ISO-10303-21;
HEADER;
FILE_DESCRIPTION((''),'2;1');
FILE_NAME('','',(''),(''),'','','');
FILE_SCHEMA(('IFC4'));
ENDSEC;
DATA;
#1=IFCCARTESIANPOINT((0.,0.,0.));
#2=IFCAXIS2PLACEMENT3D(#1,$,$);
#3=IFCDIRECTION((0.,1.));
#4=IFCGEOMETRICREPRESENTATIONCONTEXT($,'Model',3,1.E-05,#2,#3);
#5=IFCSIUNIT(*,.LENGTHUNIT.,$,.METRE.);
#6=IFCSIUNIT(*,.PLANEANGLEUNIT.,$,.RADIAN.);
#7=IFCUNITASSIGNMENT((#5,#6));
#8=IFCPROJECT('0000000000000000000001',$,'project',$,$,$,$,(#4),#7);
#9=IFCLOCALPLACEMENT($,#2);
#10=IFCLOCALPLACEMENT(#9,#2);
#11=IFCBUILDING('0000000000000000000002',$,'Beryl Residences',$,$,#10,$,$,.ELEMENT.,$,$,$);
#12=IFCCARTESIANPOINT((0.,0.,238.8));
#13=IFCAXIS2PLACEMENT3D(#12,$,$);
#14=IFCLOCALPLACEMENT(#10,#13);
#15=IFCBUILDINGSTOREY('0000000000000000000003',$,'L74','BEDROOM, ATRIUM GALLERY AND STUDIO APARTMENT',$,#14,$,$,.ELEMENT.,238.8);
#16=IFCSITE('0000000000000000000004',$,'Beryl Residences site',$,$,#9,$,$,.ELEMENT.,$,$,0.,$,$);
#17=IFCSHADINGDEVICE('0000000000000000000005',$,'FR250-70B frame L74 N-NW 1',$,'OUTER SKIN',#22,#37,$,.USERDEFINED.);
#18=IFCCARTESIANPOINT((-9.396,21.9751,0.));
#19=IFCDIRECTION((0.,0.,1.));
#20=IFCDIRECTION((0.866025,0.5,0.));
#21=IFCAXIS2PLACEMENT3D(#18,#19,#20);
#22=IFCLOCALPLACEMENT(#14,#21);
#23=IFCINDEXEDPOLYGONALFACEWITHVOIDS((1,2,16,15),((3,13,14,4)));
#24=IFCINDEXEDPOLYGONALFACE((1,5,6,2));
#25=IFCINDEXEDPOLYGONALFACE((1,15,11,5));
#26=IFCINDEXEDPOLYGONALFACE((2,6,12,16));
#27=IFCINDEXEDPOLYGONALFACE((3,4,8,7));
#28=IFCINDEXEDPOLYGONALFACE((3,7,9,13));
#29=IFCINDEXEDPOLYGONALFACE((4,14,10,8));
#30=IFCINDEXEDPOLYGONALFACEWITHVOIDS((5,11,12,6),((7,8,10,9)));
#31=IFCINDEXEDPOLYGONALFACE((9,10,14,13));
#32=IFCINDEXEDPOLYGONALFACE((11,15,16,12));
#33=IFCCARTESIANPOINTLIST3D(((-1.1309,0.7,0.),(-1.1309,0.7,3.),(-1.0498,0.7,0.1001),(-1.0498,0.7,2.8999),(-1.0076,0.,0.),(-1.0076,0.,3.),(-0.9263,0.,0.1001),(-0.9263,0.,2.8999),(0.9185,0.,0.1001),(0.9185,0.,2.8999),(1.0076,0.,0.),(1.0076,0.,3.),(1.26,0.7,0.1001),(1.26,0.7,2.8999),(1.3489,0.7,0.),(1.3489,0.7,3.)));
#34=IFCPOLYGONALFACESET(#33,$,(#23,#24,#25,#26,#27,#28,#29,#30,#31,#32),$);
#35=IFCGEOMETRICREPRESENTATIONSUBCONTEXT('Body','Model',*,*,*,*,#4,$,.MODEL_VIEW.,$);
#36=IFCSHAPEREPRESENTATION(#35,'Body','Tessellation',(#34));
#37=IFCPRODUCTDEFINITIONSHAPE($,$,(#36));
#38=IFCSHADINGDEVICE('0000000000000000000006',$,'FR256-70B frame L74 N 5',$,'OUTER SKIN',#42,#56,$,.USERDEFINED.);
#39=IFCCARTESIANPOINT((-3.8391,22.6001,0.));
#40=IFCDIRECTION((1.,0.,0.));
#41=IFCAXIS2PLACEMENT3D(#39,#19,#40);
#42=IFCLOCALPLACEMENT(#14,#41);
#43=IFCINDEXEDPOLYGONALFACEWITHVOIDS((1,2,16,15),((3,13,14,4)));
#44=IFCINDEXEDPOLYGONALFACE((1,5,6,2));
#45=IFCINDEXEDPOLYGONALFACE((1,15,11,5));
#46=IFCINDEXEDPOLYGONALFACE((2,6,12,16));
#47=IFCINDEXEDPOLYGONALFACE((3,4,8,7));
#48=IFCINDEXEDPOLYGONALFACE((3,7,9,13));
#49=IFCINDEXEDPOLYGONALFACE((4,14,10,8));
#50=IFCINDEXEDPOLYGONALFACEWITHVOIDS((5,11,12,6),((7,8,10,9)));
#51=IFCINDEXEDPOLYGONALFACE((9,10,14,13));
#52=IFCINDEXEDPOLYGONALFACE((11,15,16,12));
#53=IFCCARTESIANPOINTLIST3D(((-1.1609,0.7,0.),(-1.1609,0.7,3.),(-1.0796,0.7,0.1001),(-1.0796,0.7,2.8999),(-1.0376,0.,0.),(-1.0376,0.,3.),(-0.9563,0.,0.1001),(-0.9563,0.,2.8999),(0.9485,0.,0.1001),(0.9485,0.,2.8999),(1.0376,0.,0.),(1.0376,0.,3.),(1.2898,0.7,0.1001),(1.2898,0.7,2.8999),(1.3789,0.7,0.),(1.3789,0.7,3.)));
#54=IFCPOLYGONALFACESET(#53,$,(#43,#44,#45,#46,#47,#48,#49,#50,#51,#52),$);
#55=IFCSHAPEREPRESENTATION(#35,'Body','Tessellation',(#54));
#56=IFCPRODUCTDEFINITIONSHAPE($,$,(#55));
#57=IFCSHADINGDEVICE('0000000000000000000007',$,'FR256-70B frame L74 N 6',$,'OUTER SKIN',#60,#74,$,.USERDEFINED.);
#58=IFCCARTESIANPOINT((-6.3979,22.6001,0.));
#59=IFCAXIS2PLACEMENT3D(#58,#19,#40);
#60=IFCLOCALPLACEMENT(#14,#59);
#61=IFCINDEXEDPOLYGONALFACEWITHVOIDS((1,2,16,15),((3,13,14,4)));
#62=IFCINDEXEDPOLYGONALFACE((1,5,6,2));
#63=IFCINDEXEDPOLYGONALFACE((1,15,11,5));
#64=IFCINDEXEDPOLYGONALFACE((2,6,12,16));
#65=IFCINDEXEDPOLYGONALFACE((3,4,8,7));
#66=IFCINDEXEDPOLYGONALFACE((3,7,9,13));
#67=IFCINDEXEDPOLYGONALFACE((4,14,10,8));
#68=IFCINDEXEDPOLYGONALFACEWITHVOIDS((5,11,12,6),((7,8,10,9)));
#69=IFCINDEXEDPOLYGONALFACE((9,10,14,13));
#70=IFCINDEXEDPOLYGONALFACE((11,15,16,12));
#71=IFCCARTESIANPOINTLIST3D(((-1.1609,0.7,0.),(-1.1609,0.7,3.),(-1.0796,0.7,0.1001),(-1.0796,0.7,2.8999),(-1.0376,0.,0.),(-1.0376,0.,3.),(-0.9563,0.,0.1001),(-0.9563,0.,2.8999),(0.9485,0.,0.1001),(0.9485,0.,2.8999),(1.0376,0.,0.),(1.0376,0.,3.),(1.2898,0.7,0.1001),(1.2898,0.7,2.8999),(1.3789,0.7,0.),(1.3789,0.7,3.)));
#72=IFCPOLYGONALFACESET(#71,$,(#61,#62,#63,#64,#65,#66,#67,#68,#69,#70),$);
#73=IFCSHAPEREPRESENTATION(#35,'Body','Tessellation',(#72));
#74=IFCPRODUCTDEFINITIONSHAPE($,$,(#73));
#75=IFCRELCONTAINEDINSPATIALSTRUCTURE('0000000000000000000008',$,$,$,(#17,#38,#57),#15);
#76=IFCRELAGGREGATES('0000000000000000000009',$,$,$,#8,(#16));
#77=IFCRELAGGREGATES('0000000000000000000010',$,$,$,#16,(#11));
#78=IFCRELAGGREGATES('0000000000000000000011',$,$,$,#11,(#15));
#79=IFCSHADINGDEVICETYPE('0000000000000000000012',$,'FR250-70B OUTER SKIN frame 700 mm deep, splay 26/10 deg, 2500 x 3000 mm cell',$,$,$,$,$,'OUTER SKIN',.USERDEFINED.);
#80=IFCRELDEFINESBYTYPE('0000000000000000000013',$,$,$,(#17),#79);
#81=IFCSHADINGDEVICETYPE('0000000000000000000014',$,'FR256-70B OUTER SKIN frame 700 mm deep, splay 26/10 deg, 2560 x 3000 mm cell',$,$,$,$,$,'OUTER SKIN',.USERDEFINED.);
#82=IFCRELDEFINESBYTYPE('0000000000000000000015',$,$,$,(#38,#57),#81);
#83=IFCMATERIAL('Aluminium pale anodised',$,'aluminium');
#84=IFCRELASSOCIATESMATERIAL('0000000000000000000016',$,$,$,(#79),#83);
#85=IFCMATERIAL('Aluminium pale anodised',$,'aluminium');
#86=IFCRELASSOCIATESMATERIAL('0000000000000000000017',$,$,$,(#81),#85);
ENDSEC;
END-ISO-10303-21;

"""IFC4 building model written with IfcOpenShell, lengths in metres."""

from ifc_helpers import new_model, entity, si_unit, direction, frame, origin, place, context, subcontext, project, spatial, source, transform, mapped, material, type_object, type_shapes, element, save


model = new_model("IFC4")

# Units and contexts
model_context = context("Model", 3, precision=1e-05, world=origin(), true_north=direction((0.0, 1.0)))
body_context = subcontext(model_context, "Body", "Model", "MODEL_VIEW")
ifc_project = project(units=[si_unit("LENGTHUNIT", "METRE"), si_unit("PLANEANGLEUNIT", "RADIAN")], contexts=[model_context])

# Site, building, storey
site_placement = place(None, origin())
site = spatial("IfcSite", under=ifc_project, at=site_placement, Name="Beryl Residences site", CompositionType="ELEMENT", RefElevation=0.0)
building_placement = place(site_placement, origin())
building = spatial("IfcBuilding", under=site, at=building_placement, Name="Beryl Residences", CompositionType="ELEMENT")
storey_placement = place(building_placement, frame((0.0, 0.0, 238.8)))
storey = spatial("IfcBuildingStorey", under=building, at=storey_placement, Name="L74", Description="BEDROOM, ATRIUM GALLERY AND STUDIO APARTMENT", CompositionType="ELEMENT", Elevation=238.8)

# Shading devices
ifc_material_1 = material(Name="Aluminium pale anodised", Category="aluminium")
shading_device_type_1 = type_object("IfcShadingDeviceType", Name="FR250-70B OUTER SKIN frame 700 mm deep, splay 26/10 deg, 2500 x 3000 mm cell", ElementType="OUTER SKIN", PredefinedType="USERDEFINED", material=ifc_material_1)
cartesian_point_1 = entity("IfcCartesianPoint", [-1.0076, 0.0])
cartesian_point_2 = entity("IfcCartesianPoint", [-0.9185, 0.1001])
cartesian_point_3 = entity("IfcCartesianPoint", [-1.3489, 0.0])
cartesian_point_4 = entity("IfcCartesianPoint", [-1.26, 0.1001])
shared_shape_1 = source(origin(), body_context, "Body", "SweptSolid", [
    entity("IfcExtrudedAreaSolidTapered", entity("IfcArbitraryProfileDefWithVoids", "AREA", None, entity("IfcPolyline", [cartesian_point_1, entity("IfcCartesianPoint", [1.0076, 0.0]), entity("IfcCartesianPoint", [1.0076, 3.0]), entity("IfcCartesianPoint", [-1.0076, 3.0]), cartesian_point_1]), [entity("IfcPolyline", [cartesian_point_2, entity("IfcCartesianPoint", [0.9263, 0.1001]), entity("IfcCartesianPoint", [0.9263, 2.8999]), entity("IfcCartesianPoint", [-0.9185, 2.8999]), cartesian_point_2])]), entity("IfcAxis2Placement3D", entity("IfcCartesianPoint", [0.0, 0.0, 0.0]), entity("IfcDirection", [0.0, 1.0, 0.0]), entity("IfcDirection", [-1.0, 0.0, 0.0])), entity("IfcDirection", [0.0, 0.0, 1.0]), 0.7, entity("IfcArbitraryProfileDefWithVoids", "AREA", None, entity("IfcPolyline", [cartesian_point_3, entity("IfcCartesianPoint", [1.1309, 0.0]), entity("IfcCartesianPoint", [1.1309, 3.0]), entity("IfcCartesianPoint", [-1.3489, 3.0]), cartesian_point_3]), [entity("IfcPolyline", [cartesian_point_4, entity("IfcCartesianPoint", [1.0498, 0.1001]), entity("IfcCartesianPoint", [1.0498, 2.8999]), entity("IfcCartesianPoint", [-1.26, 2.8999]), cartesian_point_4])])),
])
type_shapes(shading_device_type_1, [shared_shape_1])
shading_device_placement = place(storey_placement, frame((-9.396, 21.9751, 0.0), z_axis=(0.0, 0.0, 1.0), x_axis=(0.866025, 0.5, 0.0)))
element("IfcShadingDevice", 1, at=shading_device_placement, inside=storey, type_object=shading_device_type_1, Name="FR250-70B frame L74 N-NW 1", ObjectType="OUTER SKIN", PredefinedType="USERDEFINED", context=body_context, shape_type="MappedRepresentation", body=[
    mapped(shared_shape_1, transform((0.0, 0.0, 0.0))),
])
ifc_material_2 = material(Name="Aluminium pale anodised", Category="aluminium")
shading_device_type_2 = type_object("IfcShadingDeviceType", Name="FR256-70B OUTER SKIN frame 700 mm deep, splay 26/10 deg, 2560 x 3000 mm cell", ElementType="OUTER SKIN", PredefinedType="USERDEFINED", material=ifc_material_2)
cartesian_point_5 = entity("IfcCartesianPoint", [-1.0376, 0.0])
cartesian_point_6 = entity("IfcCartesianPoint", [-0.9485, 0.1001])
cartesian_point_7 = entity("IfcCartesianPoint", [-1.3789, 0.0])
cartesian_point_8 = entity("IfcCartesianPoint", [-1.2898, 0.1001])
shared_shape_2 = source(origin(), body_context, "Body", "SweptSolid", [
    entity("IfcExtrudedAreaSolidTapered", entity("IfcArbitraryProfileDefWithVoids", "AREA", None, entity("IfcPolyline", [cartesian_point_5, entity("IfcCartesianPoint", [1.0376, 0.0]), entity("IfcCartesianPoint", [1.0376, 3.0]), entity("IfcCartesianPoint", [-1.0376, 3.0]), cartesian_point_5]), [entity("IfcPolyline", [cartesian_point_6, entity("IfcCartesianPoint", [0.9563, 0.1001]), entity("IfcCartesianPoint", [0.9563, 2.8999]), entity("IfcCartesianPoint", [-0.9485, 2.8999]), cartesian_point_6])]), entity("IfcAxis2Placement3D", entity("IfcCartesianPoint", [0.0, 0.0, 0.0]), entity("IfcDirection", [0.0, 1.0, 0.0]), entity("IfcDirection", [-1.0, 0.0, 0.0])), entity("IfcDirection", [0.0, 0.0, 1.0]), 0.7, entity("IfcArbitraryProfileDefWithVoids", "AREA", None, entity("IfcPolyline", [cartesian_point_7, entity("IfcCartesianPoint", [1.1609, 0.0]), entity("IfcCartesianPoint", [1.1609, 3.0]), entity("IfcCartesianPoint", [-1.3789, 3.0]), cartesian_point_7]), [entity("IfcPolyline", [cartesian_point_8, entity("IfcCartesianPoint", [1.0796, 0.1001]), entity("IfcCartesianPoint", [1.0796, 2.8999]), entity("IfcCartesianPoint", [-1.2898, 2.8999]), cartesian_point_8])])),
])
type_shapes(shading_device_type_2, [shared_shape_2])
for number, where, z_axis, x_axis, name in (
    (2, (-3.8391, 22.6001, 0.0), (0.0, 0.0, 1.0), (1.0, 0.0, 0.0), "FR256-70B frame L74 N 5"),
    (3, (-6.3979, 22.6001, 0.0), (0.0, 0.0, 1.0), (1.0, 0.0, 0.0), "FR256-70B frame L74 N 6"),
):
    element("IfcShadingDevice", number, at=place(storey_placement, frame(where, z_axis=z_axis, x_axis=x_axis)), inside=storey, type_object=shading_device_type_2, Name=name, ObjectType="OUTER SKIN", PredefinedType="USERDEFINED", context=body_context, shape_type="MappedRepresentation", body=[
        mapped(shared_shape_2, transform((0.0, 0.0, 0.0))),
    ])

save(model, "model.ifc")
